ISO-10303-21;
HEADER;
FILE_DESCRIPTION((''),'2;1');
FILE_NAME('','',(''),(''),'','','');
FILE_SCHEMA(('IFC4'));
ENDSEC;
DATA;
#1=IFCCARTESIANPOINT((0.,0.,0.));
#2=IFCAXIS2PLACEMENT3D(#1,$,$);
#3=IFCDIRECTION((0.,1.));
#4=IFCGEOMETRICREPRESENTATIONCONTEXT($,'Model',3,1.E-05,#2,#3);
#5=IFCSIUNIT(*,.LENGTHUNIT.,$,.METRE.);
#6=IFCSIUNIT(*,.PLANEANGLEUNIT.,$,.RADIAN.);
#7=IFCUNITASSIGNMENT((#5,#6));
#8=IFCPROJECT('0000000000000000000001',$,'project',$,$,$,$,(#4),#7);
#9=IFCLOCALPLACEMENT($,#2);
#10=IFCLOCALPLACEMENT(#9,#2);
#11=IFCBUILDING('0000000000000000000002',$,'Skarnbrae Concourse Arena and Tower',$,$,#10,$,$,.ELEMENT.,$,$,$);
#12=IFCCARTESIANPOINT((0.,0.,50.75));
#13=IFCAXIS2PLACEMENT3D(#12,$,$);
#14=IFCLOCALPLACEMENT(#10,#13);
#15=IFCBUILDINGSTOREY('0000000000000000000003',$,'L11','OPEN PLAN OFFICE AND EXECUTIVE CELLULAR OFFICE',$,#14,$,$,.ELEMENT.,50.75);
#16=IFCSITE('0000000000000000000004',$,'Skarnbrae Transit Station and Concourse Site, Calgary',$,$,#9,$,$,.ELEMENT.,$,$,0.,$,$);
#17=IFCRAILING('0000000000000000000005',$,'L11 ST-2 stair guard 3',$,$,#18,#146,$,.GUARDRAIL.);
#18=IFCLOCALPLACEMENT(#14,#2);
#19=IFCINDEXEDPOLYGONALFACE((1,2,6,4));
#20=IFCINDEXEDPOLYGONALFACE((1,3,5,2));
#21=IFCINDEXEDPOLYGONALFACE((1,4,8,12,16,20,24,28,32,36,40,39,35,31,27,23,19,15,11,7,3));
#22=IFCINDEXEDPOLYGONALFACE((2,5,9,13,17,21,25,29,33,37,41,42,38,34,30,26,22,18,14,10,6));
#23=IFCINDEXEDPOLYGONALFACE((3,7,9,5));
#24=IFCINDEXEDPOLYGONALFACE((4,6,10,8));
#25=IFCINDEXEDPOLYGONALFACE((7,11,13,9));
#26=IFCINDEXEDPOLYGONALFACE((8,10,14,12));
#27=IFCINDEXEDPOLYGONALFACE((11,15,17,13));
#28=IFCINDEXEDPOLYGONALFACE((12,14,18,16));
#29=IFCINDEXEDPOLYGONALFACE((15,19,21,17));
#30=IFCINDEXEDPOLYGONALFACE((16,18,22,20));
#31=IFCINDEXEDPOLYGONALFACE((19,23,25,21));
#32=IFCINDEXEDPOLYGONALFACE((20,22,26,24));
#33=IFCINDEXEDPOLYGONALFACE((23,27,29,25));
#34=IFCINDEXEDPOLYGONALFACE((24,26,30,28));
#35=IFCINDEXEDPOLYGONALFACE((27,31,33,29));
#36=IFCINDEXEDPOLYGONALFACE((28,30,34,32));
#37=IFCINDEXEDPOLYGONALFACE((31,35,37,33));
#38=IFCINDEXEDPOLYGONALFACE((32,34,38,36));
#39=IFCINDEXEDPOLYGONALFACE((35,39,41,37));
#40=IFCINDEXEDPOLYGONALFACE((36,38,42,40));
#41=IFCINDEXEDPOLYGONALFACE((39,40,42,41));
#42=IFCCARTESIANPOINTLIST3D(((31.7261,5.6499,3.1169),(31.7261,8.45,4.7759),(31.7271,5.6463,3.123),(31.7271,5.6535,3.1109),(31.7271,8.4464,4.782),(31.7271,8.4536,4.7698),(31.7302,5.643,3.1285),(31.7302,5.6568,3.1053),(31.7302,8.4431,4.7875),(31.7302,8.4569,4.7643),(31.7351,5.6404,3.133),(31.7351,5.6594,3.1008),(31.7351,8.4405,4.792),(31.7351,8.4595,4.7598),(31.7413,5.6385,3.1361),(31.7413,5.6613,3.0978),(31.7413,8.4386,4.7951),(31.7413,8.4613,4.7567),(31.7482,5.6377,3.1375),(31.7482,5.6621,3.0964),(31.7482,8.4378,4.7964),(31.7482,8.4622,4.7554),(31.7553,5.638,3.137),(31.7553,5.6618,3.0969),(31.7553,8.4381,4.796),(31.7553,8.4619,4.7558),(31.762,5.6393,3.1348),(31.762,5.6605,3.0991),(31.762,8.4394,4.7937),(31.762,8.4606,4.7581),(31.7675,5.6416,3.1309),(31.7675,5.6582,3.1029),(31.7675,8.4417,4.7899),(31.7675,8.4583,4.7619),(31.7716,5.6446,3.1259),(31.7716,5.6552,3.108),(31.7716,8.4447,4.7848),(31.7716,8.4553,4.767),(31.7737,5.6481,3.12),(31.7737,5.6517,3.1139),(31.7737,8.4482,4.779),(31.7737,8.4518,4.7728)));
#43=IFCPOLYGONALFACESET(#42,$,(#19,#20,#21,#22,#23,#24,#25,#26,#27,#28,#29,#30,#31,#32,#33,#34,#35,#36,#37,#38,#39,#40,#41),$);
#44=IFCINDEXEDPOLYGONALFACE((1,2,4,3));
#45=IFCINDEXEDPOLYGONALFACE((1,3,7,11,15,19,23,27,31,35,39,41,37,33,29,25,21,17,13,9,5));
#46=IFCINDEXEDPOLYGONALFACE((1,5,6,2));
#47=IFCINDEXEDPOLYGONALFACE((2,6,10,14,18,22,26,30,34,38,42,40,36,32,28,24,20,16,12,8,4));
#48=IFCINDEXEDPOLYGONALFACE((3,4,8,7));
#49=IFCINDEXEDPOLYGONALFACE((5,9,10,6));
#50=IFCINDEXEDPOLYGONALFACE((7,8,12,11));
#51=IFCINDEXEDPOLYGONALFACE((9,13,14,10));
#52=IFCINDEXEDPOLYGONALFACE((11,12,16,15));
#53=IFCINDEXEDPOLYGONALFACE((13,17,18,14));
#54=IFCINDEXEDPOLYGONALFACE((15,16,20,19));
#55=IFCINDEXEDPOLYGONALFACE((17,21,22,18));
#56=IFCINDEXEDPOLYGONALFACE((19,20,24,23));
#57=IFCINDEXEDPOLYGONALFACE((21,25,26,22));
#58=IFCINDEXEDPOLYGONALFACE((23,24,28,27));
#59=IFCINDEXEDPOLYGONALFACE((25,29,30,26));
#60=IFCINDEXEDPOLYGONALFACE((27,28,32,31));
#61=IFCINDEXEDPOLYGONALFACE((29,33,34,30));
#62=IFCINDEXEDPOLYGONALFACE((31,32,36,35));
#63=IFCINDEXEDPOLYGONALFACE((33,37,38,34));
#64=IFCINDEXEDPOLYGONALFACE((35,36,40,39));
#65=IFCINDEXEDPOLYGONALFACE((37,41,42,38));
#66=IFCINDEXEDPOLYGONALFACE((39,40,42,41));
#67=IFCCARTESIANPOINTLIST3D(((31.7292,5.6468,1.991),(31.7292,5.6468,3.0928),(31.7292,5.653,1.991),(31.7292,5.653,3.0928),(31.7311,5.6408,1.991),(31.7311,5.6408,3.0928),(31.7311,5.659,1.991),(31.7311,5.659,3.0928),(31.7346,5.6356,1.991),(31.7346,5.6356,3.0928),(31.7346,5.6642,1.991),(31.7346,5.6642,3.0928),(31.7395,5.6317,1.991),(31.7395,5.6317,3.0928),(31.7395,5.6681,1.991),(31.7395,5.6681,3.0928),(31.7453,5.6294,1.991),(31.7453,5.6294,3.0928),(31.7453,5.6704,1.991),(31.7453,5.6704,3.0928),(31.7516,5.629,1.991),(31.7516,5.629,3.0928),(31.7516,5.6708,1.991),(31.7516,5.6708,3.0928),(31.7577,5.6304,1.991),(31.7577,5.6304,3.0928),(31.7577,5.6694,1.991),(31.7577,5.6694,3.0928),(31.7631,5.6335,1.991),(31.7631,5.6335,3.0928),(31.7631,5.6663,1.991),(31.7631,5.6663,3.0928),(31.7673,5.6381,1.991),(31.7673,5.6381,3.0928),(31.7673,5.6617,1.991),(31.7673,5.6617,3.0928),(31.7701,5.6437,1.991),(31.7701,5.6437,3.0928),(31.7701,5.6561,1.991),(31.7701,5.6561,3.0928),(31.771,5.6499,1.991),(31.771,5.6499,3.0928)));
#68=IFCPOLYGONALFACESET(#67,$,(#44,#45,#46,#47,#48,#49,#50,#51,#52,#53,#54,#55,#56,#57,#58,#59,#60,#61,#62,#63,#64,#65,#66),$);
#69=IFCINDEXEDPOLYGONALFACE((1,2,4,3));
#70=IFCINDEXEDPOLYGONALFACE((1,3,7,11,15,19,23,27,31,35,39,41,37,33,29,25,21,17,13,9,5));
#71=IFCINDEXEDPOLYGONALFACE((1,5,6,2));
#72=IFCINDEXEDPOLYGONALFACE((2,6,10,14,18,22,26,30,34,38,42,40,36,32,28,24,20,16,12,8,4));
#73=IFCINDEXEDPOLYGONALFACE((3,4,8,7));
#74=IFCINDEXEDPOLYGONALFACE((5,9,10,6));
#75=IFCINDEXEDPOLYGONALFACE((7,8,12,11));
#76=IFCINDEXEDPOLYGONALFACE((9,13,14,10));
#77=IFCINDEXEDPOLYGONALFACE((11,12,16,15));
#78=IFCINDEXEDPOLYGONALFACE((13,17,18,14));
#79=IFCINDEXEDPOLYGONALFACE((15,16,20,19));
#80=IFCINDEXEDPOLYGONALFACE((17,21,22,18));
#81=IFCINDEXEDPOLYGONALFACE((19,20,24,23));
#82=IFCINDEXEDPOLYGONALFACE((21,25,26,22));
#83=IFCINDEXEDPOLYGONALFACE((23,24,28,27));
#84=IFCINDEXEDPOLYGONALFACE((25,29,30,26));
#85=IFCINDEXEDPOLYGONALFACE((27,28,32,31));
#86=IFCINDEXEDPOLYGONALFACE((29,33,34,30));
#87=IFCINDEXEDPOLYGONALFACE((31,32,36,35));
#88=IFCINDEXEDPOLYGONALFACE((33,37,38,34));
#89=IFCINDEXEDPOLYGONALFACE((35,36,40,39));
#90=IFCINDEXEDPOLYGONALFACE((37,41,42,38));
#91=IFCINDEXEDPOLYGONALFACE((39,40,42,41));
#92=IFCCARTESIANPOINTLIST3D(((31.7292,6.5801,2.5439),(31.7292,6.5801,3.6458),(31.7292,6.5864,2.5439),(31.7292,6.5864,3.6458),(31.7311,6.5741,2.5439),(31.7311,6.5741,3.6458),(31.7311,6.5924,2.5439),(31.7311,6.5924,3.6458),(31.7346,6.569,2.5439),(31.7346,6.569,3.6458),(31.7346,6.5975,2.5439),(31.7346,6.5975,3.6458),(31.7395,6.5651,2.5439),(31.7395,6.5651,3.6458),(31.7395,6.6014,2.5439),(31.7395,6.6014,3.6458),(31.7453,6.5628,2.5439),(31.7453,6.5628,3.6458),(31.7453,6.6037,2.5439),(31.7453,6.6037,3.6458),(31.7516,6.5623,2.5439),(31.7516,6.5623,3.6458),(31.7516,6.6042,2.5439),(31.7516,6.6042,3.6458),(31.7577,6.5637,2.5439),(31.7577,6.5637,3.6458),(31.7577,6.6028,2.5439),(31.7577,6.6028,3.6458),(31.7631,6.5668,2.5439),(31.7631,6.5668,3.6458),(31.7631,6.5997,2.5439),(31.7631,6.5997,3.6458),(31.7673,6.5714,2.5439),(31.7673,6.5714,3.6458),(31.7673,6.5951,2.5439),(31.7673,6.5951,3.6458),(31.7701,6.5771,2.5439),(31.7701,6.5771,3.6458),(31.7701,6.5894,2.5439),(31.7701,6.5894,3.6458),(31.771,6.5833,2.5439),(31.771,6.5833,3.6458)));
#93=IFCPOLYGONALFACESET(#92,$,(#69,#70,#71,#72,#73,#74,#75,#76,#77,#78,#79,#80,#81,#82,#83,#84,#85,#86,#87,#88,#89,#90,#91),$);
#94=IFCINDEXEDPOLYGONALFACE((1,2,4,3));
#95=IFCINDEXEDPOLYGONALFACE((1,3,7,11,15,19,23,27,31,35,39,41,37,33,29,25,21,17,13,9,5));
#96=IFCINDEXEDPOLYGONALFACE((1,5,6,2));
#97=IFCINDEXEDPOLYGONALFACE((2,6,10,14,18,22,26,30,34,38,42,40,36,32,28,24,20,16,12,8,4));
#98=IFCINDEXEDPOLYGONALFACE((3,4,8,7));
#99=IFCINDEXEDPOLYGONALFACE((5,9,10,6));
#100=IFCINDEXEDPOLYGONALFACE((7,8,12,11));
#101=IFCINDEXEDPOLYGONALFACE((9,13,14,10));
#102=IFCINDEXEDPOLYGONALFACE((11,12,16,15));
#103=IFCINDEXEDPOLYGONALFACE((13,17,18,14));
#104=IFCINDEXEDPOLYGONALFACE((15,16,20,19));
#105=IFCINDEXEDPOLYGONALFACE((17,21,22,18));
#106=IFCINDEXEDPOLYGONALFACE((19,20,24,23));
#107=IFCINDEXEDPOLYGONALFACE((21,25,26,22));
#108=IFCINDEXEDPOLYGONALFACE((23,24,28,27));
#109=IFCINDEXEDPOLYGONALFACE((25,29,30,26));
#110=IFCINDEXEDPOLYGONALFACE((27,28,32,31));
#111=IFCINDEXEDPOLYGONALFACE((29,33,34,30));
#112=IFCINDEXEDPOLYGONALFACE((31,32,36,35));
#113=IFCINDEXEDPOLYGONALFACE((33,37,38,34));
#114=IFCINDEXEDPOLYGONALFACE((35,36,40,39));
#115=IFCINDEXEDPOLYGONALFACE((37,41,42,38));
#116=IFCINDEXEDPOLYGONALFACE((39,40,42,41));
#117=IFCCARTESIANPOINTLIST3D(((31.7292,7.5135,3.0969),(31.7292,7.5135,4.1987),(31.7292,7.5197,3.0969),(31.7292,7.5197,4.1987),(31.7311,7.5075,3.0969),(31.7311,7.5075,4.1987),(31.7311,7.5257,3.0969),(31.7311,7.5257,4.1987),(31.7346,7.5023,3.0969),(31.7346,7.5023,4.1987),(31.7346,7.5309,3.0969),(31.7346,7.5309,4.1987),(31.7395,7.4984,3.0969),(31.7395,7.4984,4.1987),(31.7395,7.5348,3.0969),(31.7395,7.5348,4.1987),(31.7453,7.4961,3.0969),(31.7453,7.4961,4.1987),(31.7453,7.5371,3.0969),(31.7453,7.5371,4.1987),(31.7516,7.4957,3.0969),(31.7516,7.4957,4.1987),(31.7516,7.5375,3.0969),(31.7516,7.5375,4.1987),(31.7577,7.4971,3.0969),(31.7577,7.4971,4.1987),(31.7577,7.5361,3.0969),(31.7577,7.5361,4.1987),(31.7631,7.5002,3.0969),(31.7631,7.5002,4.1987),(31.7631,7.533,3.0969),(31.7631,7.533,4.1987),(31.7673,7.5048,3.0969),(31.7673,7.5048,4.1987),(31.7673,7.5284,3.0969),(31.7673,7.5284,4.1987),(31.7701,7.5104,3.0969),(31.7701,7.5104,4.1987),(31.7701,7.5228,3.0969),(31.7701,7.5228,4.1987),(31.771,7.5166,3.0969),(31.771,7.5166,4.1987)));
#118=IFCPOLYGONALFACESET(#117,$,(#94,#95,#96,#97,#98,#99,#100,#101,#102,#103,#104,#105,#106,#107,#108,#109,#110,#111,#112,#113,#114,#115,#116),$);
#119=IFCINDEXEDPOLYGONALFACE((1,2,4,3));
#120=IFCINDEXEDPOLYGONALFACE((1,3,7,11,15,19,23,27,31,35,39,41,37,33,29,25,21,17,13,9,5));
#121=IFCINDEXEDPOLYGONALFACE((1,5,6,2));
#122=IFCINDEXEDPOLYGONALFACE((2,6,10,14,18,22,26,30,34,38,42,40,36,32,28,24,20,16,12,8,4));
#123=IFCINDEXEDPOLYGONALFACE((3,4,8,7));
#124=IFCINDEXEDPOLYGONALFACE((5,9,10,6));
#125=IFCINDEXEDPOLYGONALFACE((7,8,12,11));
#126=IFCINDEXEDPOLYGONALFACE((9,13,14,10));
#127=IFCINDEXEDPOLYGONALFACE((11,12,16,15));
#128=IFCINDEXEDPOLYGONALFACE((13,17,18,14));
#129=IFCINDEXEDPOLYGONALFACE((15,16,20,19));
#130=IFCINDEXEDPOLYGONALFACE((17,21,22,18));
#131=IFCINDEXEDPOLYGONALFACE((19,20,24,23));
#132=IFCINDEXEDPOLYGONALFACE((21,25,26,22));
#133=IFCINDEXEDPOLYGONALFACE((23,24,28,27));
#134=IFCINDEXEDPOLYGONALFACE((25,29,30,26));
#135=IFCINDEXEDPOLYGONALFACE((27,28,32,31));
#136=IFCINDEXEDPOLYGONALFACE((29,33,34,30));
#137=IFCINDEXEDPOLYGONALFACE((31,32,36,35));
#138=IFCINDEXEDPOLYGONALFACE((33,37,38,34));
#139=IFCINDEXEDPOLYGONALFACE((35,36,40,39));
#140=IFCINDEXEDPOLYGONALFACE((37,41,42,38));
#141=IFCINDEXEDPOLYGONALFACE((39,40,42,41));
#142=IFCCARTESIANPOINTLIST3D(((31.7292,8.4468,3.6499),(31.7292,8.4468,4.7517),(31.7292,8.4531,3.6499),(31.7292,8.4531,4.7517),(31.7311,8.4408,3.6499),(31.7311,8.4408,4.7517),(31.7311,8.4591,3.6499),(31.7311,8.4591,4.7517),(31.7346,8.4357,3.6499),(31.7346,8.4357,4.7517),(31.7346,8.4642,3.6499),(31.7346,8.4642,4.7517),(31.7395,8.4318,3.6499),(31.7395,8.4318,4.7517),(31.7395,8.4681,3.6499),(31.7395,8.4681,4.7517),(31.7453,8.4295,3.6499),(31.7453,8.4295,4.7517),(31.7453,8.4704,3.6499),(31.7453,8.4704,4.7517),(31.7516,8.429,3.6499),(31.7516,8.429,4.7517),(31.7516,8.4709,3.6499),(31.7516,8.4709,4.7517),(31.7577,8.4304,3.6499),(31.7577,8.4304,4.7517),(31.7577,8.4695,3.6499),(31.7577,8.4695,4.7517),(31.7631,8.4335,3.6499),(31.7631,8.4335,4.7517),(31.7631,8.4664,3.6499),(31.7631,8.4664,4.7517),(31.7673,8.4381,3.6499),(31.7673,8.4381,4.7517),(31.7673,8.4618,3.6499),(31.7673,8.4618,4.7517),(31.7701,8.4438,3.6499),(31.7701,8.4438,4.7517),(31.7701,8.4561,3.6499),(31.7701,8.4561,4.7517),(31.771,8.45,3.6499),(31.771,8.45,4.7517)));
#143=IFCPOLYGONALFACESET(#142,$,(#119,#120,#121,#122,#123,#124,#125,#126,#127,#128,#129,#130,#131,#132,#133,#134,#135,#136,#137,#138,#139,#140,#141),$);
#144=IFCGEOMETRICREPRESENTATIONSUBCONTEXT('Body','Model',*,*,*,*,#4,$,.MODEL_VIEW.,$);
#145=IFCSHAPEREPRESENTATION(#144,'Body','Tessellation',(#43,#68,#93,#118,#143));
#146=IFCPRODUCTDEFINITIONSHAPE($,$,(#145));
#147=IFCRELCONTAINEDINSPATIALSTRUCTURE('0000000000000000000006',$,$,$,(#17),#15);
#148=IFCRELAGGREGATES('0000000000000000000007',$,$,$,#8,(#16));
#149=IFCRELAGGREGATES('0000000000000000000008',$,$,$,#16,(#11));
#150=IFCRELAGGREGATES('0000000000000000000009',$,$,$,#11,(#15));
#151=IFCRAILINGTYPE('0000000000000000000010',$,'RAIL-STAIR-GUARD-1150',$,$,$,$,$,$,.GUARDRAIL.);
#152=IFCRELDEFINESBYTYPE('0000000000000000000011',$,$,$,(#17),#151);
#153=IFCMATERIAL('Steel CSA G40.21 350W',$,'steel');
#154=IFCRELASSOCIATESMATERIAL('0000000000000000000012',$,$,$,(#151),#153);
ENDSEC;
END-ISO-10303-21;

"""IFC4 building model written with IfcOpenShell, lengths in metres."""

from ifc_helpers import new_model, si_unit, direction, frame, origin, origin_2d, place, context, subcontext, project, spatial, circle, extrude, material, type_object, element, save


model = new_model("IFC4")

# Units and contexts
model_context = context("Model", 3, precision=1e-05, world=origin(), true_north=direction((0.0, 1.0)))
body_context = subcontext(model_context, "Body", "Model", "MODEL_VIEW")
ifc_project = project(units=[si_unit("LENGTHUNIT", "METRE"), si_unit("PLANEANGLEUNIT", "RADIAN")], contexts=[model_context])

# Site, building, storey
site_placement = place(None, origin())
site = spatial("IfcSite", under=ifc_project, at=site_placement, Name="Skarnbrae Transit Station and Concourse Site, Calgary", CompositionType="ELEMENT", RefElevation=0.0)
building_placement = place(site_placement, origin())
building = spatial("IfcBuilding", under=site, at=building_placement, Name="Skarnbrae Concourse Arena and Tower", CompositionType="ELEMENT")
storey_placement = place(building_placement, frame((0.0, 0.0, 50.75)))
storey = spatial("IfcBuildingStorey", under=building, at=storey_placement, Name="L11", Description="OPEN PLAN OFFICE AND EXECUTIVE CELLULAR OFFICE", CompositionType="ELEMENT", Elevation=50.75)

# Shared definitions
ifc_material_1 = material(Name="Steel CSA G40.21 350W", Category="steel")

# Railing
railing_type_1 = type_object("IfcRailingType", Name="RAIL-STAIR-GUARD-1150", PredefinedType="GUARDRAIL", material=ifc_material_1)
railing_1_placement = place(storey_placement, frame((31.75, 5.6499, 1.991)))
element("IfcRailing", 1, at=railing_1_placement, inside=storey, type_object=railing_type_1, Name="L11 ST-2 stair guard 3", PredefinedType="GUARDRAIL", context=body_context, shape_type="SweptSolid", body=[
    extrude(circle(Radius=0.0239, at=origin_2d()), frame((0.0, 0.0, 1.126), z_axis=(0.0, 0.860339, 0.509722), x_axis=(-1.0, 0.0, 0.0)), (0.0, 0.0, 1.0), 3.2546),
    extrude(circle(Radius=0.021, at=origin_2d()), origin(), (0.0, 0.0, 1.0), 1.1018),
    extrude(circle(Radius=0.021, at=origin_2d()), frame((0.0, 0.9333, 0.553)), (0.0, 0.0, 1.0), 1.1018),
    extrude(circle(Radius=0.021, at=origin_2d()), frame((0.0, 1.8667, 1.106)), (0.0, 0.0, 1.0), 1.1018),
    extrude(circle(Radius=0.021, at=origin_2d()), frame((0.0, 2.8, 1.6589)), (0.0, 0.0, 1.0), 1.1018),
])

save(model, "model.ifc")
